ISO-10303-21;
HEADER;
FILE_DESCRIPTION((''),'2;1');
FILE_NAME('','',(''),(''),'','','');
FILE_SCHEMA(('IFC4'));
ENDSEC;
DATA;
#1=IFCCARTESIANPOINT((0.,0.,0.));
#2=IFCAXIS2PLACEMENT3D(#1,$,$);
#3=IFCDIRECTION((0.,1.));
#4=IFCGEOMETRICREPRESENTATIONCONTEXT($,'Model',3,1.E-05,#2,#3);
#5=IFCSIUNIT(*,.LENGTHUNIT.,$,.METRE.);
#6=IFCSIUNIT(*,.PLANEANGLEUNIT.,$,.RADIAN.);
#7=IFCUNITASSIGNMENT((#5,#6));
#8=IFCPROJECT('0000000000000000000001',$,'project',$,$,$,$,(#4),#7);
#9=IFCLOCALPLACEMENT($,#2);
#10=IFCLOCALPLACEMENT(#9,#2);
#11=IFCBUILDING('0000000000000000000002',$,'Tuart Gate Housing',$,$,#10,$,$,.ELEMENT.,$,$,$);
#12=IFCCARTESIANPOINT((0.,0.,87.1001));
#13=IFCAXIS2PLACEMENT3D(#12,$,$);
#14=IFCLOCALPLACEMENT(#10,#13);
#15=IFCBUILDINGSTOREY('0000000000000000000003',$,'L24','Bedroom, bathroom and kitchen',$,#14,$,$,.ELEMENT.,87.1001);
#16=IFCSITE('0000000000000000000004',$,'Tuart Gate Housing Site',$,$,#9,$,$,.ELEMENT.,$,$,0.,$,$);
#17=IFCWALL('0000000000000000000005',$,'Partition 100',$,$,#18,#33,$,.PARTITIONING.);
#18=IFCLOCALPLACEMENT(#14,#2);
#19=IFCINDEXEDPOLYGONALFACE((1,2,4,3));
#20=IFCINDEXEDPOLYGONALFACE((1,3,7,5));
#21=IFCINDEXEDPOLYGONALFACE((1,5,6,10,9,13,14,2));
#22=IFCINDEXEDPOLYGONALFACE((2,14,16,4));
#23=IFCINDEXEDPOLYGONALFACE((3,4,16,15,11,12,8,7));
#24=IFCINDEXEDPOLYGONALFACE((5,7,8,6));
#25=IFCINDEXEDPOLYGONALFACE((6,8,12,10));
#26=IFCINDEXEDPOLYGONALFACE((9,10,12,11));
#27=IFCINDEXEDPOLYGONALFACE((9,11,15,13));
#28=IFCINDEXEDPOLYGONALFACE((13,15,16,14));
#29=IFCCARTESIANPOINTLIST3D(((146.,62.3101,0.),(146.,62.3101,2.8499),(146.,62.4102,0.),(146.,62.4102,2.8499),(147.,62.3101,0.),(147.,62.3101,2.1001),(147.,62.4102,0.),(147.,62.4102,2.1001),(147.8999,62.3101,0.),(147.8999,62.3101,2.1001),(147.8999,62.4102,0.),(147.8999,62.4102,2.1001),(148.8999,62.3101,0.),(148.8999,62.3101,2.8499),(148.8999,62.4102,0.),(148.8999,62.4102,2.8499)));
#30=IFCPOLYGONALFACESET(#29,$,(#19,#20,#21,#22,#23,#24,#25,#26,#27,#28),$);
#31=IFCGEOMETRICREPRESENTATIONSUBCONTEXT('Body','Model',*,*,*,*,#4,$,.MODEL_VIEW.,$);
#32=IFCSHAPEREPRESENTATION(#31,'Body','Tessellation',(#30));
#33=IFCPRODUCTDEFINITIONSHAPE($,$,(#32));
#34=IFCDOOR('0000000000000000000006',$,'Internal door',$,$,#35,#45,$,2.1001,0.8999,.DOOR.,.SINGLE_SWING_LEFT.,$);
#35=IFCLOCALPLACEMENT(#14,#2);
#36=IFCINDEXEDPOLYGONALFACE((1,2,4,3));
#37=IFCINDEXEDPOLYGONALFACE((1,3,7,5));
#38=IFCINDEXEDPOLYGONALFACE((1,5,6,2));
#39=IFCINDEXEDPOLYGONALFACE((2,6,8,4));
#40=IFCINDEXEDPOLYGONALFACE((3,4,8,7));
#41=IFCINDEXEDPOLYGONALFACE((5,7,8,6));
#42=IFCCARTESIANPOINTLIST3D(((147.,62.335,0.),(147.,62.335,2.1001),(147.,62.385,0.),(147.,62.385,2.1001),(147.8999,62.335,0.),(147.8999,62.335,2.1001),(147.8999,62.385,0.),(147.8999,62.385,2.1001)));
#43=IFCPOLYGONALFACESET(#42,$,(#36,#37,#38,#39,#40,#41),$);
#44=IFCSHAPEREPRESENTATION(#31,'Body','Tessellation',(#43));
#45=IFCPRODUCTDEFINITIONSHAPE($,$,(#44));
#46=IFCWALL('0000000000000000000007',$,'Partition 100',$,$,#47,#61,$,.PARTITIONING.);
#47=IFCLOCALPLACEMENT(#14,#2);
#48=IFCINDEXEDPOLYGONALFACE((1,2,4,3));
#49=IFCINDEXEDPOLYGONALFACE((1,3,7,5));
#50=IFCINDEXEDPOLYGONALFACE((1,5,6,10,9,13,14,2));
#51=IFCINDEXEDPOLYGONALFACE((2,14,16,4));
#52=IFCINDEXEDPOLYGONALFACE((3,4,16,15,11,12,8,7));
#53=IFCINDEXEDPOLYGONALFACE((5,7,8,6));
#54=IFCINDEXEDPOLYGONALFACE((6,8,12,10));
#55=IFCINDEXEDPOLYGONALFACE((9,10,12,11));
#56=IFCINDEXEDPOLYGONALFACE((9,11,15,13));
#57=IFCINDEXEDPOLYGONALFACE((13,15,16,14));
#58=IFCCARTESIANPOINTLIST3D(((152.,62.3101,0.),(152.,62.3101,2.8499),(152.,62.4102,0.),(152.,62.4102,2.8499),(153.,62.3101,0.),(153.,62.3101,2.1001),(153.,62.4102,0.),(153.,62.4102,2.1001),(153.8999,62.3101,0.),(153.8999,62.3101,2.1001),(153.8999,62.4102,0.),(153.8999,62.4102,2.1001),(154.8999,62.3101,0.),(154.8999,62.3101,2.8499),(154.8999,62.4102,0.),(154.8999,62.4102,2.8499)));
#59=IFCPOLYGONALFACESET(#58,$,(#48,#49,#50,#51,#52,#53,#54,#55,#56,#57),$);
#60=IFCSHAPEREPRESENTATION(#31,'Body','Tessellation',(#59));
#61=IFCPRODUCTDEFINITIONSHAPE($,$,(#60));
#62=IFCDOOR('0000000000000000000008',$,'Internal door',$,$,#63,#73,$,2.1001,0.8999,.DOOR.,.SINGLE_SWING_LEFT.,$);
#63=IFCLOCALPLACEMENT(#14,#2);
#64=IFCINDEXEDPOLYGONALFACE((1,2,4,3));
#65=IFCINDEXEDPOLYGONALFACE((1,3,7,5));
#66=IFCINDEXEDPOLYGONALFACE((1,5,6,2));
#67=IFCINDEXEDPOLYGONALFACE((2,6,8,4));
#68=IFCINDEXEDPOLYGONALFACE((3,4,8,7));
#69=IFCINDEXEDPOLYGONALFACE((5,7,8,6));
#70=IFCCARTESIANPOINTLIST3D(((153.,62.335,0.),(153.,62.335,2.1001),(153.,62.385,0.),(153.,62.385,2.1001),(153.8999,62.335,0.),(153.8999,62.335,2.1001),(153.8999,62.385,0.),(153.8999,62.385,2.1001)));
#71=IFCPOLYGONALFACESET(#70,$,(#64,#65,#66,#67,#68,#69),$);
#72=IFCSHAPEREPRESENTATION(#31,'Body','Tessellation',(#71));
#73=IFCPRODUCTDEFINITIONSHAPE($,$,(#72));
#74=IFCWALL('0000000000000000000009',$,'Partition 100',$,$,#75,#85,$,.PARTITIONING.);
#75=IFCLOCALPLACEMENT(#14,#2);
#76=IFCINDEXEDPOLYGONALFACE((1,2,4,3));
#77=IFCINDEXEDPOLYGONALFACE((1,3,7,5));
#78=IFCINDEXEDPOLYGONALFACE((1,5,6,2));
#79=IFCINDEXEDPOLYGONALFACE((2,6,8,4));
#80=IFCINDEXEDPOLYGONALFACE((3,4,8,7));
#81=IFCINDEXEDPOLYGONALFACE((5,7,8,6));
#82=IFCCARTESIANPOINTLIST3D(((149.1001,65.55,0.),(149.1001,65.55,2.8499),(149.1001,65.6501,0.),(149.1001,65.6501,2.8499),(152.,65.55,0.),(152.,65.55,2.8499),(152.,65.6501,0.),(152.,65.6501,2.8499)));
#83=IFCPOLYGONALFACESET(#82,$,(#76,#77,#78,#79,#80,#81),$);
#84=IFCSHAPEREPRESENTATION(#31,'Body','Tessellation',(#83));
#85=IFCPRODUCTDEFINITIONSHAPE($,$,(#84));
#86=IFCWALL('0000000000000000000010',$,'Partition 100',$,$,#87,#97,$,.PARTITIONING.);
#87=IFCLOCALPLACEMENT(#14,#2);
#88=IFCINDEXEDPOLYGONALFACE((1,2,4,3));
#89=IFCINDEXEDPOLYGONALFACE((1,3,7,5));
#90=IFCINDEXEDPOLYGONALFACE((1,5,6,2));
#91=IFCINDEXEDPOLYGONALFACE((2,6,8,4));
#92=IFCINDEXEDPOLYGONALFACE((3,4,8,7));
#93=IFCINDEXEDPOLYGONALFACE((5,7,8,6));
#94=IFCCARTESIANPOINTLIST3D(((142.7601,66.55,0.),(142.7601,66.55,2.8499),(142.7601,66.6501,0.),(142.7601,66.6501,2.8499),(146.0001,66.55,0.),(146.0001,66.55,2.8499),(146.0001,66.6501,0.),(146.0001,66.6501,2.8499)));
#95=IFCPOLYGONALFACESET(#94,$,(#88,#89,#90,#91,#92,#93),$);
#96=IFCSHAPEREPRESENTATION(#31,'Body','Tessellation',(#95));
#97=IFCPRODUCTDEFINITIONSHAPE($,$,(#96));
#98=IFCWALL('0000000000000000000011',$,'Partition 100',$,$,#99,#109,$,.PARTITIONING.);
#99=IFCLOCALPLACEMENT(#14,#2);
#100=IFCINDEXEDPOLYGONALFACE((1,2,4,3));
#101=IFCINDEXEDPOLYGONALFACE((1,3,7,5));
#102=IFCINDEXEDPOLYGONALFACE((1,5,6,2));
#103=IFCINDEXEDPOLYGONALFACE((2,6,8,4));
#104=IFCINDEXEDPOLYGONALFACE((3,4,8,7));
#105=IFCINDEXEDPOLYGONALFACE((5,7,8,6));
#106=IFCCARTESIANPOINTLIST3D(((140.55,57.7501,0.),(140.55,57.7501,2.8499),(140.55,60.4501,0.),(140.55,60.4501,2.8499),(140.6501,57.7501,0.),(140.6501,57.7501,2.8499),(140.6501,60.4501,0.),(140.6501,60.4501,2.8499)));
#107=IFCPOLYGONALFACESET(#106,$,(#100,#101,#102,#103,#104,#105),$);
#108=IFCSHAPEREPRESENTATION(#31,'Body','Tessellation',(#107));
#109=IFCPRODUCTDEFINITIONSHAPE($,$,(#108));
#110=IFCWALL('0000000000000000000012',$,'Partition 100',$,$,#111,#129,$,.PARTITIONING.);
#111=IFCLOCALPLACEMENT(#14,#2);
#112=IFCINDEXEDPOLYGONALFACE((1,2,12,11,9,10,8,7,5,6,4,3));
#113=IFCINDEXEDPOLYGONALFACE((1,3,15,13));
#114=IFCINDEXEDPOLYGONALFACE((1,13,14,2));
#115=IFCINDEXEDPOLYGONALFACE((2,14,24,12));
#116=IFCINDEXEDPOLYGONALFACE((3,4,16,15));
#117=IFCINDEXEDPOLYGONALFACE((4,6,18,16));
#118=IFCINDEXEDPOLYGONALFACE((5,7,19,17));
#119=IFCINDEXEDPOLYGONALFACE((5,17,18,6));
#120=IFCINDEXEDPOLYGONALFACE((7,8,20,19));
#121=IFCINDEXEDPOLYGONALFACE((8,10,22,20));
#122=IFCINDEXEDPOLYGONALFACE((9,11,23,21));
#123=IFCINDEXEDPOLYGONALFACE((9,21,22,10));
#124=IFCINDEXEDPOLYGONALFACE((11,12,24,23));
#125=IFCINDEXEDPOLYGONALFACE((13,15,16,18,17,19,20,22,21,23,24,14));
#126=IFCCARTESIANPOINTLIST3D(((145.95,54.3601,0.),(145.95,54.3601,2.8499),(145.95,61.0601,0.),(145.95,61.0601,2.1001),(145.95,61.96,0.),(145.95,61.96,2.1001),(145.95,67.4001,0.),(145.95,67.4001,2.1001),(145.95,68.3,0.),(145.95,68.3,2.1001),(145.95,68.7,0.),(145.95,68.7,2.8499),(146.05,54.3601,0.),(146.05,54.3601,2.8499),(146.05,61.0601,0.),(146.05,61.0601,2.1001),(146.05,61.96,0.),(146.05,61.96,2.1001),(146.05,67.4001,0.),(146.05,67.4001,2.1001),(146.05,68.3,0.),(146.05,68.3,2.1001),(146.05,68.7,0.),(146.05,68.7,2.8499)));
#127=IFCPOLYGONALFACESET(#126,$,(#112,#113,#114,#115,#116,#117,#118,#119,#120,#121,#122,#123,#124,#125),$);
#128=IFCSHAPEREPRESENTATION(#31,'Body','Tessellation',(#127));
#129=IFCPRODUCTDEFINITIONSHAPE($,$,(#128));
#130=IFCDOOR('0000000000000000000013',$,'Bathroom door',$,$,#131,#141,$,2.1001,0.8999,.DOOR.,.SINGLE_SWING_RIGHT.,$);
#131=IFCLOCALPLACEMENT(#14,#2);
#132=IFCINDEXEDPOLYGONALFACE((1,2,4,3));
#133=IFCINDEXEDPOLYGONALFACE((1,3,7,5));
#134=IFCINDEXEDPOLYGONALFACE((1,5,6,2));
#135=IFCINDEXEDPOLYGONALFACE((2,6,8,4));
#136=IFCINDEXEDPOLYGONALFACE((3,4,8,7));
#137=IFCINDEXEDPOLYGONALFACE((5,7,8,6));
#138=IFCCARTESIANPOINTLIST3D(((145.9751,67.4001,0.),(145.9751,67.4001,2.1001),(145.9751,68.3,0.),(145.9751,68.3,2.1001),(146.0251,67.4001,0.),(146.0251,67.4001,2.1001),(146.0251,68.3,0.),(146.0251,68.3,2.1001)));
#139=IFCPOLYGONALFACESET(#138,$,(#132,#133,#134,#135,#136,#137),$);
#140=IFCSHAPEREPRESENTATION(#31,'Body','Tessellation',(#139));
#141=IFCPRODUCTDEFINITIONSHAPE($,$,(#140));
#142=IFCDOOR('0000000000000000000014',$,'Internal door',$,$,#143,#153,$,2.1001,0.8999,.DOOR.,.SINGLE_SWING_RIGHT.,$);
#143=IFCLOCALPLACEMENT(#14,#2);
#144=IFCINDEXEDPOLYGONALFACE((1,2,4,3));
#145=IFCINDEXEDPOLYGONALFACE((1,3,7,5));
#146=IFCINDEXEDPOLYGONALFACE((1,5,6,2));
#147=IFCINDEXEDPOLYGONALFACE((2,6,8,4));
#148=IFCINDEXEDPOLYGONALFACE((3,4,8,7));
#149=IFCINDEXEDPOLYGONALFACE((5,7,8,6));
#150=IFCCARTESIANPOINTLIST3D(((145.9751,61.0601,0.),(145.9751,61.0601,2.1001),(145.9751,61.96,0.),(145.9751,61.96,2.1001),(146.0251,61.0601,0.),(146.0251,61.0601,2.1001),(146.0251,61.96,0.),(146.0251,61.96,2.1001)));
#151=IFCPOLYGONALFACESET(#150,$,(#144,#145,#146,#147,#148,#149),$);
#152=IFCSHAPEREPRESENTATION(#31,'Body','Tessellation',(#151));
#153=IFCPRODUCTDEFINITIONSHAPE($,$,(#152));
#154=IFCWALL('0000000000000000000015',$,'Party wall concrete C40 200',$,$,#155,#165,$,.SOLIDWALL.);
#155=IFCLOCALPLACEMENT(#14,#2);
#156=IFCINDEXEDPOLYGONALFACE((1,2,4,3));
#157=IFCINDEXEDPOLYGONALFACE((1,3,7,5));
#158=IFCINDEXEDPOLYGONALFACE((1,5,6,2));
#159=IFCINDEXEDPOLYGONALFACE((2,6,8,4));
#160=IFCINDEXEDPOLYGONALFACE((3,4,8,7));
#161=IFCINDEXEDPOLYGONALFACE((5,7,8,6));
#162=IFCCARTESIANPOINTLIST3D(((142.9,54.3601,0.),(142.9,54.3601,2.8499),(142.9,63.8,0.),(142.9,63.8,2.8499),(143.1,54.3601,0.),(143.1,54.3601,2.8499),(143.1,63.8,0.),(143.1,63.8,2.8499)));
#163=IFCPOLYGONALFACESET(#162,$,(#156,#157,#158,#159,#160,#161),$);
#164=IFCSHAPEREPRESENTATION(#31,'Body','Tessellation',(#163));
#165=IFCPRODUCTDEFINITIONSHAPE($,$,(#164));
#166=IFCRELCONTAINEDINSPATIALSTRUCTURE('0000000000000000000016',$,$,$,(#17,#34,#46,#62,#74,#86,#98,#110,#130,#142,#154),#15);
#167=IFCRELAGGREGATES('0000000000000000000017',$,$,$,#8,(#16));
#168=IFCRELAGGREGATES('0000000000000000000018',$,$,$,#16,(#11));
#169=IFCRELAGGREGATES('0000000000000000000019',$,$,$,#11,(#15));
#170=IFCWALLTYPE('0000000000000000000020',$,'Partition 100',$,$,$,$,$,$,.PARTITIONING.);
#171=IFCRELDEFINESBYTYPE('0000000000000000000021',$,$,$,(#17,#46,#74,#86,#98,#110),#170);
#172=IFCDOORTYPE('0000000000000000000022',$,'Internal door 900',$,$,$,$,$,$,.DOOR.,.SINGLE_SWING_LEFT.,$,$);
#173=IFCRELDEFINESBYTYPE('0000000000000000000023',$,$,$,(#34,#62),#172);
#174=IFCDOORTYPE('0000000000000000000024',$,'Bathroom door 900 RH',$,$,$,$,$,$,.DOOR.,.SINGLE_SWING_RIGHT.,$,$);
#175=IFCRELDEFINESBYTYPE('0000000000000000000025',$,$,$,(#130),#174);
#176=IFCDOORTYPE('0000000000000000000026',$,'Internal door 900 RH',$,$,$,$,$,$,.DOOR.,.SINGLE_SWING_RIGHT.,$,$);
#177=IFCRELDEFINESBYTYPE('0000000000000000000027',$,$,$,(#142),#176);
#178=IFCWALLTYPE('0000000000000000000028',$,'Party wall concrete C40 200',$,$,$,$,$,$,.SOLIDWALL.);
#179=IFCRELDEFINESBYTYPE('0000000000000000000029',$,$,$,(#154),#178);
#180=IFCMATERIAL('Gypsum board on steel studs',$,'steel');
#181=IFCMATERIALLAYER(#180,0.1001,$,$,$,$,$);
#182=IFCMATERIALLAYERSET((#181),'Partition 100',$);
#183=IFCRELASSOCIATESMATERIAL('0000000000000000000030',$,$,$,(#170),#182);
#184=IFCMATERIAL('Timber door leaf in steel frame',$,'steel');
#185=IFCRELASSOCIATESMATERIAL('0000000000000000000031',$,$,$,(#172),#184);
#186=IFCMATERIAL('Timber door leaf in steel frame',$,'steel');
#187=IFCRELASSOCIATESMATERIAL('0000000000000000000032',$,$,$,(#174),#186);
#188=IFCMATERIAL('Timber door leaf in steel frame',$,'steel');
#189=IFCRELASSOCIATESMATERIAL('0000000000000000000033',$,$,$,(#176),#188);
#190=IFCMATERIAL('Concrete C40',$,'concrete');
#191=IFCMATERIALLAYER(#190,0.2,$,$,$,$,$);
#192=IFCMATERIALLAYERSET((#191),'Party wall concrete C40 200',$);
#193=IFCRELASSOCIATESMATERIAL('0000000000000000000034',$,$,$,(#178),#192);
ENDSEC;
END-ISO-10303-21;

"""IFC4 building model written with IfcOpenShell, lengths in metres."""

from ifc_helpers import new_model, si_unit, direction, frame, frame_2d, origin, place, context, subcontext, project, spatial, rectangle, extrude, material, layer, layer_set, type_object, element, fill, save


model = new_model("IFC4")

# Units and contexts
model_context = context("Model", 3, precision=1e-05, world=origin(), true_north=direction((0.0, 1.0)))
body_context = subcontext(model_context, "Body", "Model", "MODEL_VIEW")
ifc_project = project(units=[si_unit("LENGTHUNIT", "METRE"), si_unit("PLANEANGLEUNIT", "RADIAN")], contexts=[model_context])

# Site, building, storey
site_placement = place(None, origin())
site = spatial("IfcSite", under=ifc_project, at=site_placement, Name="Tuart Gate Housing Site", CompositionType="ELEMENT", RefElevation=0.0)
building_placement = place(site_placement, origin())
building = spatial("IfcBuilding", under=site, at=building_placement, Name="Tuart Gate Housing", CompositionType="ELEMENT")
storey_placement = place(building_placement, frame((0.0, 0.0, 87.1001)))
storey = spatial("IfcBuildingStorey", under=building, at=storey_placement, Name="L24", Description="Bedroom, bathroom and kitchen", CompositionType="ELEMENT", Elevation=87.1001)

# Shared definitions
ifc_material_1 = material(Name="Gypsum board on steel studs", Category="steel")
ifc_layer_1 = layer(ifc_material_1, 0.1001)
ifc_layer_set_1 = layer_set([ifc_layer_1], Name="Partition 100")
wall_type_1 = type_object("IfcWallType", Name="Partition 100", PredefinedType="PARTITIONING", material=ifc_layer_set_1)

# Walls, openings, doors
wall_1_placement = place(storey_placement, frame((146.0, 62.3601, 0.0), z_axis=(0.0, 0.0, 1.0), x_axis=(1.0, 0.0, 0.0)))
wall_1 = element("IfcWall", 1, at=wall_1_placement, inside=storey, type_object=wall_type_1, Name="Partition 100", PredefinedType="PARTITIONING", context=body_context, shape_type="SweptSolid", body=[
    extrude(rectangle(XDim=2.8999, YDim=0.1001, at=frame_2d((1.45, 0.0))), origin(), (0.0, 0.0, 1.0), 2.8499),
])
opening_1_placement = place(wall_1_placement, frame((1.0, 0.0, 0.0)))
opening_1 = element("IfcOpeningElement", 2, at=opening_1_placement, cuts=wall_1, PredefinedType="OPENING", context=body_context, shape_type="SweptSolid", body=[
    extrude(rectangle(XDim=0.8999, YDim=2.1001, at=frame_2d((0.45, 1.05))), frame((0.0, 0.0601, 0.0), z_axis=(0.0, -1.0, 0.0), x_axis=(1.0, 0.0, 0.0)), (0.0, 0.0, 1.0), 0.1201),
])
ifc_material_2 = material(Name="Timber door leaf in steel frame", Category="steel")
door_type_1 = type_object("IfcDoorType", Name="Internal door 900", OperationType="SINGLE_SWING_LEFT", PredefinedType="DOOR", material=ifc_material_2)
door_1_placement = place(opening_1_placement, origin())
door_1 = element("IfcDoor", 3, at=door_1_placement, inside=storey, type_object=door_type_1, Name="Internal door", OperationType="SINGLE_SWING_LEFT", OverallHeight=2.1001, OverallWidth=0.8999, PredefinedType="DOOR", context=body_context, shape_type="SweptSolid", body=[
    extrude(rectangle(XDim=0.8999, YDim=2.1001, at=frame_2d((0.45, 1.05))), frame((0.0, 0.0249, 0.0), z_axis=(0.0, -1.0, 0.0), x_axis=(1.0, 0.0, 0.0)), (0.0, 0.0, 1.0), 0.05),
])
fill(opening_1, door_1)
wall_2_placement = place(storey_placement, frame((152.0, 62.3601, 0.0), z_axis=(0.0, 0.0, 1.0), x_axis=(1.0, 0.0, 0.0)))
wall_2 = element("IfcWall", 4, at=wall_2_placement, inside=storey, type_object=wall_type_1, Name="Partition 100", PredefinedType="PARTITIONING", context=body_context, shape_type="SweptSolid", body=[
    extrude(rectangle(XDim=2.8999, YDim=0.1001, at=frame_2d((1.45, 0.0))), origin(), (0.0, 0.0, 1.0), 2.8499),
])
opening_2_placement = place(wall_2_placement, frame((1.0, 0.0, 0.0)))
opening_2 = element("IfcOpeningElement", 5, at=opening_2_placement, cuts=wall_2, PredefinedType="OPENING", context=body_context, shape_type="SweptSolid", body=[
    extrude(rectangle(XDim=0.8999, YDim=2.1001, at=frame_2d((0.45, 1.05))), frame((0.0, 0.0601, 0.0), z_axis=(0.0, -1.0, 0.0), x_axis=(1.0, 0.0, 0.0)), (0.0, 0.0, 1.0), 0.1201),
])
door_2_placement = place(opening_2_placement, origin())
door_2 = element("IfcDoor", 6, at=door_2_placement, inside=storey, type_object=door_type_1, Name="Internal door", OperationType="SINGLE_SWING_LEFT", OverallHeight=2.1001, OverallWidth=0.8999, PredefinedType="DOOR", context=body_context, shape_type="SweptSolid", body=[
    extrude(rectangle(XDim=0.8999, YDim=2.1001, at=frame_2d((0.45, 1.05))), frame((0.0, 0.0249, 0.0), z_axis=(0.0, -1.0, 0.0), x_axis=(1.0, 0.0, 0.0)), (0.0, 0.0, 1.0), 0.05),
])
fill(opening_2, door_2)

# Walls
wall_3_placement = place(storey_placement, frame((149.1001, 65.6001, 0.0), z_axis=(0.0, 0.0, 1.0), x_axis=(1.0, 0.0, 0.0)))
element("IfcWall", 7, at=wall_3_placement, inside=storey, type_object=wall_type_1, Name="Partition 100", PredefinedType="PARTITIONING", context=body_context, shape_type="SweptSolid", body=[
    extrude(rectangle(XDim=2.8999, YDim=0.1001, at=frame_2d((1.45, 0.0))), origin(), (0.0, 0.0, 1.0), 2.8499),
])
wall_4_placement = place(storey_placement, frame((142.76, 66.6001, 0.0), z_axis=(0.0, 0.0, 1.0), x_axis=(1.0, 0.0, 0.0)))
element("IfcWall", 8, at=wall_4_placement, inside=storey, type_object=wall_type_1, Name="Partition 100", PredefinedType="PARTITIONING", context=body_context, shape_type="SweptSolid", body=[
    extrude(rectangle(XDim=3.24, YDim=0.1001, at=frame_2d((1.6201, 0.0))), origin(), (0.0, 0.0, 1.0), 2.8499),
])
wall_5_placement = place(storey_placement, frame((140.6001, 57.75, 0.0), z_axis=(0.0, 0.0, 1.0), x_axis=(0.0, 1.0, 0.0)))
element("IfcWall", 9, at=wall_5_placement, inside=storey, type_object=wall_type_1, Name="Partition 100", PredefinedType="PARTITIONING", context=body_context, shape_type="SweptSolid", body=[
    extrude(rectangle(XDim=2.7, YDim=0.1001, at=frame_2d((1.3501, 0.0))), origin(), (0.0, 0.0, 1.0), 2.8499),
])

# Wall, openings, doors
wall_6_placement = place(storey_placement, frame((146.0, 54.3601, 0.0), z_axis=(0.0, 0.0, 1.0), x_axis=(0.0, 1.0, 0.0)))
wall_6 = element("IfcWall", 10, at=wall_6_placement, inside=storey, type_object=wall_type_1, Name="Partition 100", PredefinedType="PARTITIONING", context=body_context, shape_type="SweptSolid", body=[
    extrude(rectangle(XDim=14.3398, YDim=0.1001, at=frame_2d((7.1699, 0.0))), origin(), (0.0, 0.0, 1.0), 2.8499),
])
opening_3_placement = place(wall_6_placement, frame((6.7, 0.0, 0.0)))
opening_3 = element("IfcOpeningElement", 11, at=opening_3_placement, cuts=wall_6, PredefinedType="OPENING", context=body_context, shape_type="SweptSolid", body=[
    extrude(rectangle(XDim=0.8999, YDim=2.1001, at=frame_2d((0.45, 1.05))), frame((0.0, 0.0601, 0.0), z_axis=(0.0, -1.0, 0.0), x_axis=(1.0, 0.0, 0.0)), (0.0, 0.0, 1.0), 0.1201),
])
opening_4_placement = place(wall_6_placement, frame((13.04, 0.0, 0.0)))
opening_4 = element("IfcOpeningElement", 12, at=opening_4_placement, cuts=wall_6, PredefinedType="OPENING", context=body_context, shape_type="SweptSolid", body=[
    extrude(rectangle(XDim=0.8999, YDim=2.1001, at=frame_2d((0.45, 1.05))), frame((0.0, 0.0601, 0.0), z_axis=(0.0, -1.0, 0.0), x_axis=(1.0, 0.0, 0.0)), (0.0, 0.0, 1.0), 0.1201),
])
ifc_material_3 = material(Name="Timber door leaf in steel frame", Category="steel")
door_type_2 = type_object("IfcDoorType", Name="Bathroom door 900 RH", OperationType="SINGLE_SWING_RIGHT", PredefinedType="DOOR", material=ifc_material_3)
door_3_placement = place(opening_4_placement, origin())
door_3 = element("IfcDoor", 13, at=door_3_placement, inside=storey, type_object=door_type_2, Name="Bathroom door", OperationType="SINGLE_SWING_RIGHT", OverallHeight=2.1001, OverallWidth=0.8999, PredefinedType="DOOR", context=body_context, shape_type="SweptSolid", body=[
    extrude(rectangle(XDim=0.8999, YDim=2.1001, at=frame_2d((0.45, 1.05))), frame((0.0, 0.0249, 0.0), z_axis=(0.0, -1.0, 0.0), x_axis=(1.0, 0.0, 0.0)), (0.0, 0.0, 1.0), 0.05),
])
fill(opening_4, door_3)
ifc_material_4 = material(Name="Timber door leaf in steel frame", Category="steel")
door_type_3 = type_object("IfcDoorType", Name="Internal door 900 RH", OperationType="SINGLE_SWING_RIGHT", PredefinedType="DOOR", material=ifc_material_4)
door_4_placement = place(opening_3_placement, origin())
door_4 = element("IfcDoor", 14, at=door_4_placement, inside=storey, type_object=door_type_3, Name="Internal door", OperationType="SINGLE_SWING_RIGHT", OverallHeight=2.1001, OverallWidth=0.8999, PredefinedType="DOOR", context=body_context, shape_type="SweptSolid", body=[
    extrude(rectangle(XDim=0.8999, YDim=2.1001, at=frame_2d((0.45, 1.05))), frame((0.0, 0.0249, 0.0), z_axis=(0.0, -1.0, 0.0), x_axis=(1.0, 0.0, 0.0)), (0.0, 0.0, 1.0), 0.05),
])
fill(opening_3, door_4)

# Wall
ifc_material_5 = material(Name="Concrete C40", Category="concrete")
ifc_layer_2 = layer(ifc_material_5, 0.2)
ifc_layer_set_2 = layer_set([ifc_layer_2], Name="Party wall concrete C40 200")
wall_type_2 = type_object("IfcWallType", Name="Party wall concrete C40 200", PredefinedType="SOLIDWALL", material=ifc_layer_set_2)
wall_7_placement = place(storey_placement, frame((143.0, 54.3601, 0.0), z_axis=(0.0, 0.0, 1.0), x_axis=(0.0, 1.0, 0.0)))
element("IfcWall", 15, at=wall_7_placement, inside=storey, type_object=wall_type_2, Name="Party wall concrete C40 200", PredefinedType="SOLIDWALL", context=body_context, shape_type="SweptSolid", body=[
    extrude(rectangle(XDim=9.4399, YDim=0.2, at=frame_2d((4.72, 0.0))), origin(), (0.0, 0.0, 1.0), 2.8499),
])

save(model, "model.ifc")
